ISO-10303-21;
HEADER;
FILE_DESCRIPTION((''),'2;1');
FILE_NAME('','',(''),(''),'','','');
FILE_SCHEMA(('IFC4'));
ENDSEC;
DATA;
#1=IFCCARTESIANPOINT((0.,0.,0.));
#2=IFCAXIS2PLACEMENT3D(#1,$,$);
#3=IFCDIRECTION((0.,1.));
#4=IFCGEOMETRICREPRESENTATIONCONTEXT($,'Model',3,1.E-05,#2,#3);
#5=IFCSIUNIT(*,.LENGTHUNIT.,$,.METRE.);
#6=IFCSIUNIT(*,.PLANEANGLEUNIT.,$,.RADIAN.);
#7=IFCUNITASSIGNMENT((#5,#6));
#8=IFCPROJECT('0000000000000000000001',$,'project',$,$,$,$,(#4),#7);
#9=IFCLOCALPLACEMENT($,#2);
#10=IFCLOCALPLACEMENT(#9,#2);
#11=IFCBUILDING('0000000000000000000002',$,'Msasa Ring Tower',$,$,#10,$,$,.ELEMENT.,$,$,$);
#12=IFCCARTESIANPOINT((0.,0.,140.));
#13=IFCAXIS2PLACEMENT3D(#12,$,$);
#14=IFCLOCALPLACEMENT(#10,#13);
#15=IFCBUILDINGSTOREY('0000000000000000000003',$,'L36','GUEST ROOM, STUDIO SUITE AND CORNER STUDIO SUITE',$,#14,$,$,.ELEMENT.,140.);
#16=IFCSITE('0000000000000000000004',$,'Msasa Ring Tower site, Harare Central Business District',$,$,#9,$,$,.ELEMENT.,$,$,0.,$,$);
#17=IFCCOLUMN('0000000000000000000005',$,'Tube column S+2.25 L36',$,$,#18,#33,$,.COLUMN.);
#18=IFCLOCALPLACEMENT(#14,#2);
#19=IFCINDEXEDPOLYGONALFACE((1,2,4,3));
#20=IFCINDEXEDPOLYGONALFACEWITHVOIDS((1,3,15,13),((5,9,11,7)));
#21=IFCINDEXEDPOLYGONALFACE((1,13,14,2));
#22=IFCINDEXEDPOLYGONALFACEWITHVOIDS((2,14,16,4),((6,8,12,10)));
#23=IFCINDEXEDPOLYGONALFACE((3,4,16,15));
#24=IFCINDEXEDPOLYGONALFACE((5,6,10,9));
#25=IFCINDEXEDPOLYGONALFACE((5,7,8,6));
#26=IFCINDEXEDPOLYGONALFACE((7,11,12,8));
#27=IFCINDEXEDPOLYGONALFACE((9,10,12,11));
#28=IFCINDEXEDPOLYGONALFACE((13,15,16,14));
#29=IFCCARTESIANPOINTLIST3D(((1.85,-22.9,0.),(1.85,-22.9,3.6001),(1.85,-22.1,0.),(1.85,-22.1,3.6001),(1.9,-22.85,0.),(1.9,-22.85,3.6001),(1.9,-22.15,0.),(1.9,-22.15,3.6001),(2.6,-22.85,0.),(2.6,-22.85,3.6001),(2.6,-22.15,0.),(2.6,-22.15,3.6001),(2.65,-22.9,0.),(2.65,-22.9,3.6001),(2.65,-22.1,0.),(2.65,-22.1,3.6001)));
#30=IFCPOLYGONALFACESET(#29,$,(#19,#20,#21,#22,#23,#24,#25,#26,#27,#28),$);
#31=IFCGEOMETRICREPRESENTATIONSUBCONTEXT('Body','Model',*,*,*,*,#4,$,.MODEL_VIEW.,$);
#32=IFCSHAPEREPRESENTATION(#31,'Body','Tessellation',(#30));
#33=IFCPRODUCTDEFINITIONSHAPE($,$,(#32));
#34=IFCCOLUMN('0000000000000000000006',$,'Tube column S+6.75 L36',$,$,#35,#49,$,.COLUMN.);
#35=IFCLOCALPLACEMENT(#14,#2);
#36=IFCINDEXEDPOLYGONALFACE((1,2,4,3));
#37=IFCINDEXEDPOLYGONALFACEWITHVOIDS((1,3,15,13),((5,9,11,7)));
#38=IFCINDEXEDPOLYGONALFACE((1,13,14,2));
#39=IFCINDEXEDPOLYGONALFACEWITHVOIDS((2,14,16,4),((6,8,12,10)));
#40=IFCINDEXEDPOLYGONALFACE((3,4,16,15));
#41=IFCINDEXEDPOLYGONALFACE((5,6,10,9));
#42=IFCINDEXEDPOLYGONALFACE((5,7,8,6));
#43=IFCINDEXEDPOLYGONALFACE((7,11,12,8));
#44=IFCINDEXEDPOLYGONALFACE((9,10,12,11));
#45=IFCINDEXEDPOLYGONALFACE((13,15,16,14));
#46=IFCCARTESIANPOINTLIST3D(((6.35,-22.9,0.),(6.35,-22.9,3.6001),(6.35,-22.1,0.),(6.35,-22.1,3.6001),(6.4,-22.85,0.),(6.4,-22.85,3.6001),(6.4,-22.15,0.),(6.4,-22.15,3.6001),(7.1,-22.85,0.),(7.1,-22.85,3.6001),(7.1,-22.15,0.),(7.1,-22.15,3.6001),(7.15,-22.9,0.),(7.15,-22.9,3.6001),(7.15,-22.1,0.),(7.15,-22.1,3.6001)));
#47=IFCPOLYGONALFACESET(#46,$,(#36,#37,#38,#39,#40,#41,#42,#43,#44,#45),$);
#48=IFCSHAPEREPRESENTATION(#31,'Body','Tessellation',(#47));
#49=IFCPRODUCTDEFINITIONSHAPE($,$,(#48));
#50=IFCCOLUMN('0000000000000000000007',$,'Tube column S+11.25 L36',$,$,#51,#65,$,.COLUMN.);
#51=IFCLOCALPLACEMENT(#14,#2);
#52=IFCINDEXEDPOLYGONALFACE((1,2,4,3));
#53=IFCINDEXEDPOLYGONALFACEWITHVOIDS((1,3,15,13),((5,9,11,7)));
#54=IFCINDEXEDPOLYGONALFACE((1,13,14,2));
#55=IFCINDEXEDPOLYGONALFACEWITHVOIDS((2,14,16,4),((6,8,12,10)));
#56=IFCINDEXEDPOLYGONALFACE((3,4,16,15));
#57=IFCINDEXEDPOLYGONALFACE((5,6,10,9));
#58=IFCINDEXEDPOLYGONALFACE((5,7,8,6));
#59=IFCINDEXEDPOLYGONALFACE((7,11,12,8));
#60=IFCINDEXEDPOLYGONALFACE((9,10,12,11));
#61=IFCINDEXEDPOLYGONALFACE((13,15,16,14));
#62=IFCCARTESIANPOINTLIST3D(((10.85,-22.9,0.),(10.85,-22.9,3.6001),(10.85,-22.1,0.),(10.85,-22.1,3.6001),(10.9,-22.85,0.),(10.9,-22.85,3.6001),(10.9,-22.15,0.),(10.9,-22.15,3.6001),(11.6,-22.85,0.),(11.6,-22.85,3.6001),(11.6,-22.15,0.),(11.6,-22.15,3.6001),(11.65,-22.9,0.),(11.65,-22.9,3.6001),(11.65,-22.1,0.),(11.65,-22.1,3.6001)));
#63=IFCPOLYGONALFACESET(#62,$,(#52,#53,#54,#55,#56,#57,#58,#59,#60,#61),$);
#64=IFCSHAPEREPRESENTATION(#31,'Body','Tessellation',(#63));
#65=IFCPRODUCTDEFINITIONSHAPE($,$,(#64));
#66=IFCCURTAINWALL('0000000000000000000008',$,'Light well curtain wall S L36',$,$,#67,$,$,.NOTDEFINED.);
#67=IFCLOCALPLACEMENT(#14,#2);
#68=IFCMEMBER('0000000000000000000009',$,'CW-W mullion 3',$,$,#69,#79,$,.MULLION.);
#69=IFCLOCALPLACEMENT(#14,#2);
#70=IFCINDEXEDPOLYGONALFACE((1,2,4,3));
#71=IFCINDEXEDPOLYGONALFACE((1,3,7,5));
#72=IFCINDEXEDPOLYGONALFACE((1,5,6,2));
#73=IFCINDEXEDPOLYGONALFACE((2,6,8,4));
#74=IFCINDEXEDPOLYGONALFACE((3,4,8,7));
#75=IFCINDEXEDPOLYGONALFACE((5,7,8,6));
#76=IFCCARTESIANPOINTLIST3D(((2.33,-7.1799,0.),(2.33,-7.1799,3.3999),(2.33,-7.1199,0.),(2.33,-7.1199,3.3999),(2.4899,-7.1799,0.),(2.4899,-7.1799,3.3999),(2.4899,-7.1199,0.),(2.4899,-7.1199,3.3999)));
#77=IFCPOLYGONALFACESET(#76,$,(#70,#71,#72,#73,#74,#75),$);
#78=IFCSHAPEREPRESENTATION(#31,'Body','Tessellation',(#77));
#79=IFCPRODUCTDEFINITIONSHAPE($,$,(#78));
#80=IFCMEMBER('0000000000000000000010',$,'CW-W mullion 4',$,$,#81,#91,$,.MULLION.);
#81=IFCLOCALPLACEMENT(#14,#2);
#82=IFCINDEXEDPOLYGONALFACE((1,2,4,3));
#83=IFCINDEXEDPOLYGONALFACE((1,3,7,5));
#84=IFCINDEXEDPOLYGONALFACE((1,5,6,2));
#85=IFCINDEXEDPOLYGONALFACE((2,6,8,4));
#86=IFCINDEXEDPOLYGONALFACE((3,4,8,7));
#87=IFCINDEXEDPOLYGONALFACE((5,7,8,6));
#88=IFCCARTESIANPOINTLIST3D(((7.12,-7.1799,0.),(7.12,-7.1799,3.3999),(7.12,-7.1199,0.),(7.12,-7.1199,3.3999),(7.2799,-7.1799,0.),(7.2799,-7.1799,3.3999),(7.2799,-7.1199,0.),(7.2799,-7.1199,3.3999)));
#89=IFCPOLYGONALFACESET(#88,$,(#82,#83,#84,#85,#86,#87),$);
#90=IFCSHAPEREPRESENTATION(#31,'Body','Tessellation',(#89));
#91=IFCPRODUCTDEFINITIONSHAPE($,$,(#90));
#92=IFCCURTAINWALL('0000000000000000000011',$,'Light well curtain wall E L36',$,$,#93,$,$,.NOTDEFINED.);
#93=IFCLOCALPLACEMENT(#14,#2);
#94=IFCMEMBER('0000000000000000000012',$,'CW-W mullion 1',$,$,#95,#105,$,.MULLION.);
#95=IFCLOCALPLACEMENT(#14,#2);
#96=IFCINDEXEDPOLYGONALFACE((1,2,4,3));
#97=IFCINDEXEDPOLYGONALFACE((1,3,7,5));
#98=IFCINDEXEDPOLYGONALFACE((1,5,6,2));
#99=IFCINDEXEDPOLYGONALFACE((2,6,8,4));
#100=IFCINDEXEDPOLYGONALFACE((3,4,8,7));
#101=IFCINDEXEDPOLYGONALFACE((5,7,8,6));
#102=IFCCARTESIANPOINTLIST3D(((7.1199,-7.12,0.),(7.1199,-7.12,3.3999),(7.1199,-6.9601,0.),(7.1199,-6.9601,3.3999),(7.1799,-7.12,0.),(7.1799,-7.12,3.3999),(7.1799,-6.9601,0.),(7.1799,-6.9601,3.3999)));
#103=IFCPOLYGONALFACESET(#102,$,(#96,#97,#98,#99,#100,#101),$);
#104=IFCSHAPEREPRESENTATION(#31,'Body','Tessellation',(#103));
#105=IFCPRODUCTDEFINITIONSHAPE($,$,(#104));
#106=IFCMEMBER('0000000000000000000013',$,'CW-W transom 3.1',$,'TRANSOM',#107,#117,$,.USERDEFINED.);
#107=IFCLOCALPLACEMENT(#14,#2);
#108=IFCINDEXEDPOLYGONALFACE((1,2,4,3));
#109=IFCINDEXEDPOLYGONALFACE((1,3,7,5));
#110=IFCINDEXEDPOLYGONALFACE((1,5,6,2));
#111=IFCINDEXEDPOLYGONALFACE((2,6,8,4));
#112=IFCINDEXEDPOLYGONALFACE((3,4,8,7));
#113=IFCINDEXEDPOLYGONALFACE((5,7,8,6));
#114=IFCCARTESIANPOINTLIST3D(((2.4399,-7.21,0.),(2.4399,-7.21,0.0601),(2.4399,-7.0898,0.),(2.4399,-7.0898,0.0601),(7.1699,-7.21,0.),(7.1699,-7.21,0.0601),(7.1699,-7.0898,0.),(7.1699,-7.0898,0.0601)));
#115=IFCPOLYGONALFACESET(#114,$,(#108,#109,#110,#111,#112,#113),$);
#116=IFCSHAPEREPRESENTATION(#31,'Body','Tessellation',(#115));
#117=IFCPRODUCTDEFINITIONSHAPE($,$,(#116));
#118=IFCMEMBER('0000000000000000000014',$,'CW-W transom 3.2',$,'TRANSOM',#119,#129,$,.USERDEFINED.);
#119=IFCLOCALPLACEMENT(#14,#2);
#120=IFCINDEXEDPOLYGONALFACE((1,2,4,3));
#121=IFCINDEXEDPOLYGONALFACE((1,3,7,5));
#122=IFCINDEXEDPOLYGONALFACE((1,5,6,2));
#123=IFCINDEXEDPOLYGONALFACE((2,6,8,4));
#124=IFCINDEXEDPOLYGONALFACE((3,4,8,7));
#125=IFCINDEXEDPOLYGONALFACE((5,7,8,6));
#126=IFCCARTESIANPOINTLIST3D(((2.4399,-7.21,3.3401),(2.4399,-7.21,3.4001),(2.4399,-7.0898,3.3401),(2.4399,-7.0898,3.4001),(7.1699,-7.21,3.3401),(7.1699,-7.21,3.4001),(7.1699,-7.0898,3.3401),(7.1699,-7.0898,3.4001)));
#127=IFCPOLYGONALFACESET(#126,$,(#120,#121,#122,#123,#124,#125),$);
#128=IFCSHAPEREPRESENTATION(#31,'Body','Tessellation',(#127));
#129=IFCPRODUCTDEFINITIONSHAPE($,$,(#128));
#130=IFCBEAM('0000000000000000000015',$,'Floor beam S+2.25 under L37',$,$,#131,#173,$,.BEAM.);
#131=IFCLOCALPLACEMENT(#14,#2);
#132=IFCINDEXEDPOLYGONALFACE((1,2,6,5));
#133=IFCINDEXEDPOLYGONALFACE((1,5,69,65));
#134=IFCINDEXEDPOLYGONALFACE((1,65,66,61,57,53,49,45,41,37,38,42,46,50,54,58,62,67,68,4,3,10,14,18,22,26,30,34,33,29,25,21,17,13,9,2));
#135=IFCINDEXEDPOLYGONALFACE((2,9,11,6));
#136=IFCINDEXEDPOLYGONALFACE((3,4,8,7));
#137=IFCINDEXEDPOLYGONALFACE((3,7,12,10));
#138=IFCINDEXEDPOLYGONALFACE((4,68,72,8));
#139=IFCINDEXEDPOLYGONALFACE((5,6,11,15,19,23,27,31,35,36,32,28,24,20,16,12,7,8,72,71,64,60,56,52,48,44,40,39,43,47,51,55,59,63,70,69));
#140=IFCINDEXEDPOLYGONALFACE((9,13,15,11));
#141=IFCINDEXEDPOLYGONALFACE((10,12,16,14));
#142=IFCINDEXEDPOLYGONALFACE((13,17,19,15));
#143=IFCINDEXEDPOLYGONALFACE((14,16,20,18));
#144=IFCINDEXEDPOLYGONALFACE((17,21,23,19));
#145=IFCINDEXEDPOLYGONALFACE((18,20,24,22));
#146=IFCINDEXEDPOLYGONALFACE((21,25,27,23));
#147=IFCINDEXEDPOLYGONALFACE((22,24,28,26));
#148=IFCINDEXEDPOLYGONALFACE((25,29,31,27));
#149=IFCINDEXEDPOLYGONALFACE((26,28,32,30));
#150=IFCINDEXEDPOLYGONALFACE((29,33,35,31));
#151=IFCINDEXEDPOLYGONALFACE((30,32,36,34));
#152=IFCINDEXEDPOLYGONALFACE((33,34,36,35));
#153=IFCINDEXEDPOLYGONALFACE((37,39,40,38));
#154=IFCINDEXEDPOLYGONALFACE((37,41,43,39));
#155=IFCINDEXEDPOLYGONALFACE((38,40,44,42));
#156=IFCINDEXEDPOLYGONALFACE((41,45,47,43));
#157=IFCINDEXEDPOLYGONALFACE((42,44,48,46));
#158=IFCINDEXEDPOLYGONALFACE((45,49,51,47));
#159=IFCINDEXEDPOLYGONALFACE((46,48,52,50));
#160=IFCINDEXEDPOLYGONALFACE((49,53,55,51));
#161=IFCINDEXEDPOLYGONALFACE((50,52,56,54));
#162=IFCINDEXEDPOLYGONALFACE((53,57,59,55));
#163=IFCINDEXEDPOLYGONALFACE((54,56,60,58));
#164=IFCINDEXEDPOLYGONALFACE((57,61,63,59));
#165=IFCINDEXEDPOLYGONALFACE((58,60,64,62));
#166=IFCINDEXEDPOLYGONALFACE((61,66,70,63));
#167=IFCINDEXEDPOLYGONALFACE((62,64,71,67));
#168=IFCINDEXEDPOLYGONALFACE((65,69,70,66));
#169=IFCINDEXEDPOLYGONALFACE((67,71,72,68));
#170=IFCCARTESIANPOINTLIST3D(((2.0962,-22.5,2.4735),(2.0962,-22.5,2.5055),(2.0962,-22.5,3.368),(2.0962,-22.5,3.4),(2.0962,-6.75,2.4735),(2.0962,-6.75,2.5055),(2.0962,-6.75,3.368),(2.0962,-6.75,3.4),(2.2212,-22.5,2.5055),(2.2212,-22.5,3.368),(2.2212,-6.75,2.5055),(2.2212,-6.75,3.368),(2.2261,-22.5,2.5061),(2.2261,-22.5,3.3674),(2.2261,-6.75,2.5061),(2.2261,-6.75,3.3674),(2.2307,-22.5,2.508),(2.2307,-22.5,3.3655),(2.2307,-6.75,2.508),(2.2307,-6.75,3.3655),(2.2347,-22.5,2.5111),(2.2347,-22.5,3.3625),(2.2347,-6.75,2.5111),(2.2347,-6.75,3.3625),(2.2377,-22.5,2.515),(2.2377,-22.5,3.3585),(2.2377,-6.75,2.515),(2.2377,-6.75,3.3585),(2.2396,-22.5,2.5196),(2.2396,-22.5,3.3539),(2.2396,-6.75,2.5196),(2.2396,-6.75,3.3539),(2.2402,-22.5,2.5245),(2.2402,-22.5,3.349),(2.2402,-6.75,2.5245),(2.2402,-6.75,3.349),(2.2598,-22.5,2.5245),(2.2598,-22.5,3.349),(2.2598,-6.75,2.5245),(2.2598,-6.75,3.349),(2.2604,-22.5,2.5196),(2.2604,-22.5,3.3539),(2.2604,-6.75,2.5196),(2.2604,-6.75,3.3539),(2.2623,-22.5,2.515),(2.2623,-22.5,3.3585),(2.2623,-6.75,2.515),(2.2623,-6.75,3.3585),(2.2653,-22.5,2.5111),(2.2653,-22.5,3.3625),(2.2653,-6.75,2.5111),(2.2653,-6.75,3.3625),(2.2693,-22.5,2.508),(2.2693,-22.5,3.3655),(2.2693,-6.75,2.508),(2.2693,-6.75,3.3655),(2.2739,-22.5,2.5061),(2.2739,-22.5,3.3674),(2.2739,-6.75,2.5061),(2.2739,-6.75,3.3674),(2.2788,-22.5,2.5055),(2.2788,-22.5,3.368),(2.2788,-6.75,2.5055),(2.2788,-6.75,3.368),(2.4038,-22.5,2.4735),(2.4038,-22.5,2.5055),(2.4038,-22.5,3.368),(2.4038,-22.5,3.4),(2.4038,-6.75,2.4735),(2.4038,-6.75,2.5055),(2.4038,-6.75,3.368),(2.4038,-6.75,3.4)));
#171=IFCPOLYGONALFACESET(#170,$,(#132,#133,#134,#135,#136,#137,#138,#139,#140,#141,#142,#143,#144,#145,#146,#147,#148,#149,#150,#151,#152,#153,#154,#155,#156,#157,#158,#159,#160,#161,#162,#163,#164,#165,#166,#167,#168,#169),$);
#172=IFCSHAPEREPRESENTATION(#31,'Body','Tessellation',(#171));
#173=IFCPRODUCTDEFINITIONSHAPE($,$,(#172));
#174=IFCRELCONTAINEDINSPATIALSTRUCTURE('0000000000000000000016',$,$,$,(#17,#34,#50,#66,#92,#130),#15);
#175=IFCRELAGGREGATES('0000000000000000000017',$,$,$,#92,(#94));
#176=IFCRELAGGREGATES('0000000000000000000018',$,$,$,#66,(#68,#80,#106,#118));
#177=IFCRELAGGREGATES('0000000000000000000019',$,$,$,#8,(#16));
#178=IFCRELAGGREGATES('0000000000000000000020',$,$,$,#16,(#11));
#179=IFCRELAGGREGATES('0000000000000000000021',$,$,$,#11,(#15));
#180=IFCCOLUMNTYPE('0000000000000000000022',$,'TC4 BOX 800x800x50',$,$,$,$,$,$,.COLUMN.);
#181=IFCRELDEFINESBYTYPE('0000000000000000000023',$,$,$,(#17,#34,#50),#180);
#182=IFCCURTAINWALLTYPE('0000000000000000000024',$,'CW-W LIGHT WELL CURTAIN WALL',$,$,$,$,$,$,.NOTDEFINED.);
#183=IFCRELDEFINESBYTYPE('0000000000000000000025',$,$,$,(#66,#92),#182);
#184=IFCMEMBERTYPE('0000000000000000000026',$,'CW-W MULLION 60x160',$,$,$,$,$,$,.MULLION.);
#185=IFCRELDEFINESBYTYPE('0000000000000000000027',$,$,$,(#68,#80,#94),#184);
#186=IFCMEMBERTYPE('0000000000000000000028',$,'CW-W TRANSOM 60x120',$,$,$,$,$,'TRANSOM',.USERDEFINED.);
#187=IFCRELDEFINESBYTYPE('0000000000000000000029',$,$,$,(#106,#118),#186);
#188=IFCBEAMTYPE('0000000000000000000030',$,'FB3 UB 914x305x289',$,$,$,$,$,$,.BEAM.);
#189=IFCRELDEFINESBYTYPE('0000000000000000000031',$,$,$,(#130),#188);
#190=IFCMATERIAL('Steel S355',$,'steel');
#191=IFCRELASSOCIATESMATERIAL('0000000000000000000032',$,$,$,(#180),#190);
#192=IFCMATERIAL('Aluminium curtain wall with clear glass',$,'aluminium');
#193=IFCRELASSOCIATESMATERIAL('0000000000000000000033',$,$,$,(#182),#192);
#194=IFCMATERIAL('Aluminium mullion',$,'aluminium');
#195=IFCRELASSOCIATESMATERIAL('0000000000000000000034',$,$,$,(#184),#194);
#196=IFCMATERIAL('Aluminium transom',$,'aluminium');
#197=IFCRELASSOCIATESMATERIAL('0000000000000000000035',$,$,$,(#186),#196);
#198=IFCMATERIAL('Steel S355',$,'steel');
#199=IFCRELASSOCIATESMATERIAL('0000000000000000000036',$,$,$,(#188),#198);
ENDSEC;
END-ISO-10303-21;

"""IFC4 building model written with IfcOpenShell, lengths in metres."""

from ifc_helpers import new_model, si_unit, direction, frame, origin, origin_2d, place, context, subcontext, project, spatial, rectangle, hollow_rectangle, i_section, extrude, material, material_profile, profile_set, type_object, element, aggregate, save


model = new_model("IFC4")

# Units and contexts
model_context = context("Model", 3, precision=1e-05, world=origin(), true_north=direction((0.0, 1.0)))
body_context = subcontext(model_context, "Body", "Model", "MODEL_VIEW")
ifc_project = project(units=[si_unit("LENGTHUNIT", "METRE"), si_unit("PLANEANGLEUNIT", "RADIAN")], contexts=[model_context])

# Site, building, storey
site_placement = place(None, origin())
site = spatial("IfcSite", under=ifc_project, at=site_placement, Name="Msasa Ring Tower site, Harare Central Business District", CompositionType="ELEMENT", RefElevation=0.0)
building_placement = place(site_placement, origin())
building = spatial("IfcBuilding", under=site, at=building_placement, Name="Msasa Ring Tower", CompositionType="ELEMENT")
storey_placement = place(building_placement, frame((0.0, 0.0, 140.0)))
storey = spatial("IfcBuildingStorey", under=building, at=storey_placement, Name="L36", Description="GUEST ROOM, STUDIO SUITE AND CORNER STUDIO SUITE", CompositionType="ELEMENT", Elevation=140.0)

# Columns
ifc_material_1 = material(Name="Steel S355", Category="steel")
ifc_material_profile_1 = material_profile(ifc_material_1, hollow_rectangle(XDim=0.8, YDim=0.8, WallThickness=0.05, at=origin_2d()), Name="BOX 800x800x50")
ifc_profile_set_1 = profile_set([ifc_material_profile_1], Name="Steel S355")
column_type = type_object("IfcColumnType", Name="TC4 BOX 800x800x50", PredefinedType="COLUMN", material=ifc_profile_set_1)
for number, where, z_axis, x_axis, name in (
    (1, (2.25, -22.5, 0.0), (0.0, 0.0, 1.0), (0.0, 1.0, 0.0), "Tube column S+2.25 L36"),
    (2, (6.75, -22.5, 0.0), (0.0, 0.0, 1.0), (0.0, 1.0, 0.0), "Tube column S+6.75 L36"),
    (3, (11.25, -22.5, 0.0), (0.0, 0.0, 1.0), (0.0, 1.0, 0.0), "Tube column S+11.25 L36"),
):
    element("IfcColumn", number, at=place(storey_placement, frame(where, z_axis=z_axis, x_axis=x_axis)), inside=storey, type_object=column_type, Name=name, PredefinedType="COLUMN", context=body_context, shape_type="SweptSolid", body=[
        extrude(hollow_rectangle(XDim=0.8, YDim=0.8, WallThickness=0.05, at=origin_2d()), origin(), (0.0, 0.0, 1.0), 3.6001),
    ])

# Curtain wall, members
ifc_material_2 = material(Name="Aluminium curtain wall with clear glass", Category="aluminium")
curtain_wall_type = type_object("IfcCurtainWallType", Name="CW-W LIGHT WELL CURTAIN WALL", PredefinedType="NOTDEFINED", material=ifc_material_2)
curtain_wall_1_placement = place(storey_placement, origin())
curtain_wall_1 = element("IfcCurtainWall", 4, at=curtain_wall_1_placement, inside=storey, type_object=curtain_wall_type, Name="Light well curtain wall S L36", PredefinedType="NOTDEFINED")
ifc_material_3 = material(Name="Aluminium mullion", Category="aluminium")
ifc_material_profile_2 = material_profile(ifc_material_3, rectangle(XDim=0.0601, YDim=0.1599, at=origin_2d()), Name="AL 60x160")
ifc_profile_set_2 = profile_set([ifc_material_profile_2], Name="Aluminium mullion")
member_type_1 = type_object("IfcMemberType", Name="CW-W MULLION 60x160", PredefinedType="MULLION", material=ifc_profile_set_2)
member_1_placement = place(storey_placement, frame((2.4099, -7.1499, 0.0), z_axis=(0.0, 0.0, 1.0), x_axis=(0.0, 1.0, 0.0)))
member_1 = element("IfcMember", 5, at=member_1_placement, type_object=member_type_1, Name="CW-W mullion 3", PredefinedType="MULLION", context=body_context, shape_type="SweptSolid", body=[
    extrude(rectangle(XDim=0.0601, YDim=0.1599, at=origin_2d()), origin(), (0.0, 0.0, 1.0), 3.3999),
])
member_2_placement = place(storey_placement, frame((7.2, -7.1499, 0.0), z_axis=(0.0, 0.0, 1.0), x_axis=(0.0, 1.0, 0.0)))
member_2 = element("IfcMember", 6, at=member_2_placement, type_object=member_type_1, Name="CW-W mullion 4", PredefinedType="MULLION", context=body_context, shape_type="SweptSolid", body=[
    extrude(rectangle(XDim=0.0601, YDim=0.1599, at=origin_2d()), origin(), (0.0, 0.0, 1.0), 3.3999),
])

# Curtain wall, member
curtain_wall_2_placement = place(storey_placement, origin())
curtain_wall_2 = element("IfcCurtainWall", 7, at=curtain_wall_2_placement, inside=storey, type_object=curtain_wall_type, Name="Light well curtain wall E L36", PredefinedType="NOTDEFINED")
member_3_placement = place(storey_placement, frame((7.1499, -7.04, 0.0), z_axis=(0.0, 0.0, 1.0), x_axis=(-1.0, 0.0, 0.0)))
member_3 = element("IfcMember", 8, at=member_3_placement, type_object=member_type_1, Name="CW-W mullion 1", PredefinedType="MULLION", context=body_context, shape_type="SweptSolid", body=[
    extrude(rectangle(XDim=0.0601, YDim=0.1599, at=origin_2d()), origin(), (0.0, 0.0, 1.0), 3.3999),
])
aggregate(curtain_wall_2, [member_3])

# Members
ifc_material_4 = material(Name="Aluminium transom", Category="aluminium")
ifc_material_profile_3 = material_profile(ifc_material_4, rectangle(XDim=0.1201, YDim=0.0601, at=origin_2d()), Name="AL 60x120")
ifc_profile_set_3 = profile_set([ifc_material_profile_3], Name="Aluminium transom")
member_type_2 = type_object("IfcMemberType", Name="CW-W TRANSOM 60x120", ElementType="TRANSOM", PredefinedType="USERDEFINED", material=ifc_profile_set_3)
member_4_placement = place(storey_placement, frame((2.4399, -7.1499, 0.03), z_axis=(1.0, 0.0, 0.0), x_axis=(0.0, 1.0, 0.0)))
member_4 = element("IfcMember", 9, at=member_4_placement, type_object=member_type_2, Name="CW-W transom 3.1", ObjectType="TRANSOM", PredefinedType="USERDEFINED", context=body_context, shape_type="SweptSolid", body=[
    extrude(rectangle(XDim=0.1201, YDim=0.0601, at=origin_2d()), origin(), (0.0, 0.0, 1.0), 4.73),
])
member_5_placement = place(storey_placement, frame((2.4399, -7.1499, 3.3701), z_axis=(1.0, 0.0, 0.0), x_axis=(0.0, 1.0, 0.0)))
member_5 = element("IfcMember", 10, at=member_5_placement, type_object=member_type_2, Name="CW-W transom 3.2", ObjectType="TRANSOM", PredefinedType="USERDEFINED", context=body_context, shape_type="SweptSolid", body=[
    extrude(rectangle(XDim=0.1201, YDim=0.0601, at=origin_2d()), origin(), (0.0, 0.0, 1.0), 4.73),
])

# Beam
ifc_material_5 = material(Name="Steel S355", Category="steel")
ifc_material_profile_4 = material_profile(ifc_material_5, i_section(OverallWidth=0.3076, OverallDepth=0.9265, WebThickness=0.0195, FlangeThickness=0.032, FilletRadius=0.019, at=origin_2d()), Name="UB 914x305x289")
ifc_profile_set_4 = profile_set([ifc_material_profile_4], Name="Steel S355")
beam_type_1 = type_object("IfcBeamType", Name="FB3 UB 914x305x289", PredefinedType="BEAM", material=ifc_profile_set_4)
for number, where, z_axis, x_axis, name in (
    (11, (2.25, -22.5, 2.9368), (0.0, 1.0, 0.0), (-1.0, 0.0, 0.0), "Floor beam S+2.25 under L37"),
):
    element("IfcBeam", number, at=place(storey_placement, frame(where, z_axis=z_axis, x_axis=x_axis)), inside=storey, type_object=beam_type_1, Name=name, PredefinedType="BEAM", context=body_context, shape_type="SweptSolid", body=[
        extrude(i_section(OverallWidth=0.3076, OverallDepth=0.9265, WebThickness=0.0195, FlangeThickness=0.032, FilletRadius=0.019, at=origin_2d()), origin(), (0.0, 0.0, 1.0), 15.75),
    ])

aggregate(curtain_wall_1, [member_1, member_2, member_4, member_5])

save(model, "model.ifc")
